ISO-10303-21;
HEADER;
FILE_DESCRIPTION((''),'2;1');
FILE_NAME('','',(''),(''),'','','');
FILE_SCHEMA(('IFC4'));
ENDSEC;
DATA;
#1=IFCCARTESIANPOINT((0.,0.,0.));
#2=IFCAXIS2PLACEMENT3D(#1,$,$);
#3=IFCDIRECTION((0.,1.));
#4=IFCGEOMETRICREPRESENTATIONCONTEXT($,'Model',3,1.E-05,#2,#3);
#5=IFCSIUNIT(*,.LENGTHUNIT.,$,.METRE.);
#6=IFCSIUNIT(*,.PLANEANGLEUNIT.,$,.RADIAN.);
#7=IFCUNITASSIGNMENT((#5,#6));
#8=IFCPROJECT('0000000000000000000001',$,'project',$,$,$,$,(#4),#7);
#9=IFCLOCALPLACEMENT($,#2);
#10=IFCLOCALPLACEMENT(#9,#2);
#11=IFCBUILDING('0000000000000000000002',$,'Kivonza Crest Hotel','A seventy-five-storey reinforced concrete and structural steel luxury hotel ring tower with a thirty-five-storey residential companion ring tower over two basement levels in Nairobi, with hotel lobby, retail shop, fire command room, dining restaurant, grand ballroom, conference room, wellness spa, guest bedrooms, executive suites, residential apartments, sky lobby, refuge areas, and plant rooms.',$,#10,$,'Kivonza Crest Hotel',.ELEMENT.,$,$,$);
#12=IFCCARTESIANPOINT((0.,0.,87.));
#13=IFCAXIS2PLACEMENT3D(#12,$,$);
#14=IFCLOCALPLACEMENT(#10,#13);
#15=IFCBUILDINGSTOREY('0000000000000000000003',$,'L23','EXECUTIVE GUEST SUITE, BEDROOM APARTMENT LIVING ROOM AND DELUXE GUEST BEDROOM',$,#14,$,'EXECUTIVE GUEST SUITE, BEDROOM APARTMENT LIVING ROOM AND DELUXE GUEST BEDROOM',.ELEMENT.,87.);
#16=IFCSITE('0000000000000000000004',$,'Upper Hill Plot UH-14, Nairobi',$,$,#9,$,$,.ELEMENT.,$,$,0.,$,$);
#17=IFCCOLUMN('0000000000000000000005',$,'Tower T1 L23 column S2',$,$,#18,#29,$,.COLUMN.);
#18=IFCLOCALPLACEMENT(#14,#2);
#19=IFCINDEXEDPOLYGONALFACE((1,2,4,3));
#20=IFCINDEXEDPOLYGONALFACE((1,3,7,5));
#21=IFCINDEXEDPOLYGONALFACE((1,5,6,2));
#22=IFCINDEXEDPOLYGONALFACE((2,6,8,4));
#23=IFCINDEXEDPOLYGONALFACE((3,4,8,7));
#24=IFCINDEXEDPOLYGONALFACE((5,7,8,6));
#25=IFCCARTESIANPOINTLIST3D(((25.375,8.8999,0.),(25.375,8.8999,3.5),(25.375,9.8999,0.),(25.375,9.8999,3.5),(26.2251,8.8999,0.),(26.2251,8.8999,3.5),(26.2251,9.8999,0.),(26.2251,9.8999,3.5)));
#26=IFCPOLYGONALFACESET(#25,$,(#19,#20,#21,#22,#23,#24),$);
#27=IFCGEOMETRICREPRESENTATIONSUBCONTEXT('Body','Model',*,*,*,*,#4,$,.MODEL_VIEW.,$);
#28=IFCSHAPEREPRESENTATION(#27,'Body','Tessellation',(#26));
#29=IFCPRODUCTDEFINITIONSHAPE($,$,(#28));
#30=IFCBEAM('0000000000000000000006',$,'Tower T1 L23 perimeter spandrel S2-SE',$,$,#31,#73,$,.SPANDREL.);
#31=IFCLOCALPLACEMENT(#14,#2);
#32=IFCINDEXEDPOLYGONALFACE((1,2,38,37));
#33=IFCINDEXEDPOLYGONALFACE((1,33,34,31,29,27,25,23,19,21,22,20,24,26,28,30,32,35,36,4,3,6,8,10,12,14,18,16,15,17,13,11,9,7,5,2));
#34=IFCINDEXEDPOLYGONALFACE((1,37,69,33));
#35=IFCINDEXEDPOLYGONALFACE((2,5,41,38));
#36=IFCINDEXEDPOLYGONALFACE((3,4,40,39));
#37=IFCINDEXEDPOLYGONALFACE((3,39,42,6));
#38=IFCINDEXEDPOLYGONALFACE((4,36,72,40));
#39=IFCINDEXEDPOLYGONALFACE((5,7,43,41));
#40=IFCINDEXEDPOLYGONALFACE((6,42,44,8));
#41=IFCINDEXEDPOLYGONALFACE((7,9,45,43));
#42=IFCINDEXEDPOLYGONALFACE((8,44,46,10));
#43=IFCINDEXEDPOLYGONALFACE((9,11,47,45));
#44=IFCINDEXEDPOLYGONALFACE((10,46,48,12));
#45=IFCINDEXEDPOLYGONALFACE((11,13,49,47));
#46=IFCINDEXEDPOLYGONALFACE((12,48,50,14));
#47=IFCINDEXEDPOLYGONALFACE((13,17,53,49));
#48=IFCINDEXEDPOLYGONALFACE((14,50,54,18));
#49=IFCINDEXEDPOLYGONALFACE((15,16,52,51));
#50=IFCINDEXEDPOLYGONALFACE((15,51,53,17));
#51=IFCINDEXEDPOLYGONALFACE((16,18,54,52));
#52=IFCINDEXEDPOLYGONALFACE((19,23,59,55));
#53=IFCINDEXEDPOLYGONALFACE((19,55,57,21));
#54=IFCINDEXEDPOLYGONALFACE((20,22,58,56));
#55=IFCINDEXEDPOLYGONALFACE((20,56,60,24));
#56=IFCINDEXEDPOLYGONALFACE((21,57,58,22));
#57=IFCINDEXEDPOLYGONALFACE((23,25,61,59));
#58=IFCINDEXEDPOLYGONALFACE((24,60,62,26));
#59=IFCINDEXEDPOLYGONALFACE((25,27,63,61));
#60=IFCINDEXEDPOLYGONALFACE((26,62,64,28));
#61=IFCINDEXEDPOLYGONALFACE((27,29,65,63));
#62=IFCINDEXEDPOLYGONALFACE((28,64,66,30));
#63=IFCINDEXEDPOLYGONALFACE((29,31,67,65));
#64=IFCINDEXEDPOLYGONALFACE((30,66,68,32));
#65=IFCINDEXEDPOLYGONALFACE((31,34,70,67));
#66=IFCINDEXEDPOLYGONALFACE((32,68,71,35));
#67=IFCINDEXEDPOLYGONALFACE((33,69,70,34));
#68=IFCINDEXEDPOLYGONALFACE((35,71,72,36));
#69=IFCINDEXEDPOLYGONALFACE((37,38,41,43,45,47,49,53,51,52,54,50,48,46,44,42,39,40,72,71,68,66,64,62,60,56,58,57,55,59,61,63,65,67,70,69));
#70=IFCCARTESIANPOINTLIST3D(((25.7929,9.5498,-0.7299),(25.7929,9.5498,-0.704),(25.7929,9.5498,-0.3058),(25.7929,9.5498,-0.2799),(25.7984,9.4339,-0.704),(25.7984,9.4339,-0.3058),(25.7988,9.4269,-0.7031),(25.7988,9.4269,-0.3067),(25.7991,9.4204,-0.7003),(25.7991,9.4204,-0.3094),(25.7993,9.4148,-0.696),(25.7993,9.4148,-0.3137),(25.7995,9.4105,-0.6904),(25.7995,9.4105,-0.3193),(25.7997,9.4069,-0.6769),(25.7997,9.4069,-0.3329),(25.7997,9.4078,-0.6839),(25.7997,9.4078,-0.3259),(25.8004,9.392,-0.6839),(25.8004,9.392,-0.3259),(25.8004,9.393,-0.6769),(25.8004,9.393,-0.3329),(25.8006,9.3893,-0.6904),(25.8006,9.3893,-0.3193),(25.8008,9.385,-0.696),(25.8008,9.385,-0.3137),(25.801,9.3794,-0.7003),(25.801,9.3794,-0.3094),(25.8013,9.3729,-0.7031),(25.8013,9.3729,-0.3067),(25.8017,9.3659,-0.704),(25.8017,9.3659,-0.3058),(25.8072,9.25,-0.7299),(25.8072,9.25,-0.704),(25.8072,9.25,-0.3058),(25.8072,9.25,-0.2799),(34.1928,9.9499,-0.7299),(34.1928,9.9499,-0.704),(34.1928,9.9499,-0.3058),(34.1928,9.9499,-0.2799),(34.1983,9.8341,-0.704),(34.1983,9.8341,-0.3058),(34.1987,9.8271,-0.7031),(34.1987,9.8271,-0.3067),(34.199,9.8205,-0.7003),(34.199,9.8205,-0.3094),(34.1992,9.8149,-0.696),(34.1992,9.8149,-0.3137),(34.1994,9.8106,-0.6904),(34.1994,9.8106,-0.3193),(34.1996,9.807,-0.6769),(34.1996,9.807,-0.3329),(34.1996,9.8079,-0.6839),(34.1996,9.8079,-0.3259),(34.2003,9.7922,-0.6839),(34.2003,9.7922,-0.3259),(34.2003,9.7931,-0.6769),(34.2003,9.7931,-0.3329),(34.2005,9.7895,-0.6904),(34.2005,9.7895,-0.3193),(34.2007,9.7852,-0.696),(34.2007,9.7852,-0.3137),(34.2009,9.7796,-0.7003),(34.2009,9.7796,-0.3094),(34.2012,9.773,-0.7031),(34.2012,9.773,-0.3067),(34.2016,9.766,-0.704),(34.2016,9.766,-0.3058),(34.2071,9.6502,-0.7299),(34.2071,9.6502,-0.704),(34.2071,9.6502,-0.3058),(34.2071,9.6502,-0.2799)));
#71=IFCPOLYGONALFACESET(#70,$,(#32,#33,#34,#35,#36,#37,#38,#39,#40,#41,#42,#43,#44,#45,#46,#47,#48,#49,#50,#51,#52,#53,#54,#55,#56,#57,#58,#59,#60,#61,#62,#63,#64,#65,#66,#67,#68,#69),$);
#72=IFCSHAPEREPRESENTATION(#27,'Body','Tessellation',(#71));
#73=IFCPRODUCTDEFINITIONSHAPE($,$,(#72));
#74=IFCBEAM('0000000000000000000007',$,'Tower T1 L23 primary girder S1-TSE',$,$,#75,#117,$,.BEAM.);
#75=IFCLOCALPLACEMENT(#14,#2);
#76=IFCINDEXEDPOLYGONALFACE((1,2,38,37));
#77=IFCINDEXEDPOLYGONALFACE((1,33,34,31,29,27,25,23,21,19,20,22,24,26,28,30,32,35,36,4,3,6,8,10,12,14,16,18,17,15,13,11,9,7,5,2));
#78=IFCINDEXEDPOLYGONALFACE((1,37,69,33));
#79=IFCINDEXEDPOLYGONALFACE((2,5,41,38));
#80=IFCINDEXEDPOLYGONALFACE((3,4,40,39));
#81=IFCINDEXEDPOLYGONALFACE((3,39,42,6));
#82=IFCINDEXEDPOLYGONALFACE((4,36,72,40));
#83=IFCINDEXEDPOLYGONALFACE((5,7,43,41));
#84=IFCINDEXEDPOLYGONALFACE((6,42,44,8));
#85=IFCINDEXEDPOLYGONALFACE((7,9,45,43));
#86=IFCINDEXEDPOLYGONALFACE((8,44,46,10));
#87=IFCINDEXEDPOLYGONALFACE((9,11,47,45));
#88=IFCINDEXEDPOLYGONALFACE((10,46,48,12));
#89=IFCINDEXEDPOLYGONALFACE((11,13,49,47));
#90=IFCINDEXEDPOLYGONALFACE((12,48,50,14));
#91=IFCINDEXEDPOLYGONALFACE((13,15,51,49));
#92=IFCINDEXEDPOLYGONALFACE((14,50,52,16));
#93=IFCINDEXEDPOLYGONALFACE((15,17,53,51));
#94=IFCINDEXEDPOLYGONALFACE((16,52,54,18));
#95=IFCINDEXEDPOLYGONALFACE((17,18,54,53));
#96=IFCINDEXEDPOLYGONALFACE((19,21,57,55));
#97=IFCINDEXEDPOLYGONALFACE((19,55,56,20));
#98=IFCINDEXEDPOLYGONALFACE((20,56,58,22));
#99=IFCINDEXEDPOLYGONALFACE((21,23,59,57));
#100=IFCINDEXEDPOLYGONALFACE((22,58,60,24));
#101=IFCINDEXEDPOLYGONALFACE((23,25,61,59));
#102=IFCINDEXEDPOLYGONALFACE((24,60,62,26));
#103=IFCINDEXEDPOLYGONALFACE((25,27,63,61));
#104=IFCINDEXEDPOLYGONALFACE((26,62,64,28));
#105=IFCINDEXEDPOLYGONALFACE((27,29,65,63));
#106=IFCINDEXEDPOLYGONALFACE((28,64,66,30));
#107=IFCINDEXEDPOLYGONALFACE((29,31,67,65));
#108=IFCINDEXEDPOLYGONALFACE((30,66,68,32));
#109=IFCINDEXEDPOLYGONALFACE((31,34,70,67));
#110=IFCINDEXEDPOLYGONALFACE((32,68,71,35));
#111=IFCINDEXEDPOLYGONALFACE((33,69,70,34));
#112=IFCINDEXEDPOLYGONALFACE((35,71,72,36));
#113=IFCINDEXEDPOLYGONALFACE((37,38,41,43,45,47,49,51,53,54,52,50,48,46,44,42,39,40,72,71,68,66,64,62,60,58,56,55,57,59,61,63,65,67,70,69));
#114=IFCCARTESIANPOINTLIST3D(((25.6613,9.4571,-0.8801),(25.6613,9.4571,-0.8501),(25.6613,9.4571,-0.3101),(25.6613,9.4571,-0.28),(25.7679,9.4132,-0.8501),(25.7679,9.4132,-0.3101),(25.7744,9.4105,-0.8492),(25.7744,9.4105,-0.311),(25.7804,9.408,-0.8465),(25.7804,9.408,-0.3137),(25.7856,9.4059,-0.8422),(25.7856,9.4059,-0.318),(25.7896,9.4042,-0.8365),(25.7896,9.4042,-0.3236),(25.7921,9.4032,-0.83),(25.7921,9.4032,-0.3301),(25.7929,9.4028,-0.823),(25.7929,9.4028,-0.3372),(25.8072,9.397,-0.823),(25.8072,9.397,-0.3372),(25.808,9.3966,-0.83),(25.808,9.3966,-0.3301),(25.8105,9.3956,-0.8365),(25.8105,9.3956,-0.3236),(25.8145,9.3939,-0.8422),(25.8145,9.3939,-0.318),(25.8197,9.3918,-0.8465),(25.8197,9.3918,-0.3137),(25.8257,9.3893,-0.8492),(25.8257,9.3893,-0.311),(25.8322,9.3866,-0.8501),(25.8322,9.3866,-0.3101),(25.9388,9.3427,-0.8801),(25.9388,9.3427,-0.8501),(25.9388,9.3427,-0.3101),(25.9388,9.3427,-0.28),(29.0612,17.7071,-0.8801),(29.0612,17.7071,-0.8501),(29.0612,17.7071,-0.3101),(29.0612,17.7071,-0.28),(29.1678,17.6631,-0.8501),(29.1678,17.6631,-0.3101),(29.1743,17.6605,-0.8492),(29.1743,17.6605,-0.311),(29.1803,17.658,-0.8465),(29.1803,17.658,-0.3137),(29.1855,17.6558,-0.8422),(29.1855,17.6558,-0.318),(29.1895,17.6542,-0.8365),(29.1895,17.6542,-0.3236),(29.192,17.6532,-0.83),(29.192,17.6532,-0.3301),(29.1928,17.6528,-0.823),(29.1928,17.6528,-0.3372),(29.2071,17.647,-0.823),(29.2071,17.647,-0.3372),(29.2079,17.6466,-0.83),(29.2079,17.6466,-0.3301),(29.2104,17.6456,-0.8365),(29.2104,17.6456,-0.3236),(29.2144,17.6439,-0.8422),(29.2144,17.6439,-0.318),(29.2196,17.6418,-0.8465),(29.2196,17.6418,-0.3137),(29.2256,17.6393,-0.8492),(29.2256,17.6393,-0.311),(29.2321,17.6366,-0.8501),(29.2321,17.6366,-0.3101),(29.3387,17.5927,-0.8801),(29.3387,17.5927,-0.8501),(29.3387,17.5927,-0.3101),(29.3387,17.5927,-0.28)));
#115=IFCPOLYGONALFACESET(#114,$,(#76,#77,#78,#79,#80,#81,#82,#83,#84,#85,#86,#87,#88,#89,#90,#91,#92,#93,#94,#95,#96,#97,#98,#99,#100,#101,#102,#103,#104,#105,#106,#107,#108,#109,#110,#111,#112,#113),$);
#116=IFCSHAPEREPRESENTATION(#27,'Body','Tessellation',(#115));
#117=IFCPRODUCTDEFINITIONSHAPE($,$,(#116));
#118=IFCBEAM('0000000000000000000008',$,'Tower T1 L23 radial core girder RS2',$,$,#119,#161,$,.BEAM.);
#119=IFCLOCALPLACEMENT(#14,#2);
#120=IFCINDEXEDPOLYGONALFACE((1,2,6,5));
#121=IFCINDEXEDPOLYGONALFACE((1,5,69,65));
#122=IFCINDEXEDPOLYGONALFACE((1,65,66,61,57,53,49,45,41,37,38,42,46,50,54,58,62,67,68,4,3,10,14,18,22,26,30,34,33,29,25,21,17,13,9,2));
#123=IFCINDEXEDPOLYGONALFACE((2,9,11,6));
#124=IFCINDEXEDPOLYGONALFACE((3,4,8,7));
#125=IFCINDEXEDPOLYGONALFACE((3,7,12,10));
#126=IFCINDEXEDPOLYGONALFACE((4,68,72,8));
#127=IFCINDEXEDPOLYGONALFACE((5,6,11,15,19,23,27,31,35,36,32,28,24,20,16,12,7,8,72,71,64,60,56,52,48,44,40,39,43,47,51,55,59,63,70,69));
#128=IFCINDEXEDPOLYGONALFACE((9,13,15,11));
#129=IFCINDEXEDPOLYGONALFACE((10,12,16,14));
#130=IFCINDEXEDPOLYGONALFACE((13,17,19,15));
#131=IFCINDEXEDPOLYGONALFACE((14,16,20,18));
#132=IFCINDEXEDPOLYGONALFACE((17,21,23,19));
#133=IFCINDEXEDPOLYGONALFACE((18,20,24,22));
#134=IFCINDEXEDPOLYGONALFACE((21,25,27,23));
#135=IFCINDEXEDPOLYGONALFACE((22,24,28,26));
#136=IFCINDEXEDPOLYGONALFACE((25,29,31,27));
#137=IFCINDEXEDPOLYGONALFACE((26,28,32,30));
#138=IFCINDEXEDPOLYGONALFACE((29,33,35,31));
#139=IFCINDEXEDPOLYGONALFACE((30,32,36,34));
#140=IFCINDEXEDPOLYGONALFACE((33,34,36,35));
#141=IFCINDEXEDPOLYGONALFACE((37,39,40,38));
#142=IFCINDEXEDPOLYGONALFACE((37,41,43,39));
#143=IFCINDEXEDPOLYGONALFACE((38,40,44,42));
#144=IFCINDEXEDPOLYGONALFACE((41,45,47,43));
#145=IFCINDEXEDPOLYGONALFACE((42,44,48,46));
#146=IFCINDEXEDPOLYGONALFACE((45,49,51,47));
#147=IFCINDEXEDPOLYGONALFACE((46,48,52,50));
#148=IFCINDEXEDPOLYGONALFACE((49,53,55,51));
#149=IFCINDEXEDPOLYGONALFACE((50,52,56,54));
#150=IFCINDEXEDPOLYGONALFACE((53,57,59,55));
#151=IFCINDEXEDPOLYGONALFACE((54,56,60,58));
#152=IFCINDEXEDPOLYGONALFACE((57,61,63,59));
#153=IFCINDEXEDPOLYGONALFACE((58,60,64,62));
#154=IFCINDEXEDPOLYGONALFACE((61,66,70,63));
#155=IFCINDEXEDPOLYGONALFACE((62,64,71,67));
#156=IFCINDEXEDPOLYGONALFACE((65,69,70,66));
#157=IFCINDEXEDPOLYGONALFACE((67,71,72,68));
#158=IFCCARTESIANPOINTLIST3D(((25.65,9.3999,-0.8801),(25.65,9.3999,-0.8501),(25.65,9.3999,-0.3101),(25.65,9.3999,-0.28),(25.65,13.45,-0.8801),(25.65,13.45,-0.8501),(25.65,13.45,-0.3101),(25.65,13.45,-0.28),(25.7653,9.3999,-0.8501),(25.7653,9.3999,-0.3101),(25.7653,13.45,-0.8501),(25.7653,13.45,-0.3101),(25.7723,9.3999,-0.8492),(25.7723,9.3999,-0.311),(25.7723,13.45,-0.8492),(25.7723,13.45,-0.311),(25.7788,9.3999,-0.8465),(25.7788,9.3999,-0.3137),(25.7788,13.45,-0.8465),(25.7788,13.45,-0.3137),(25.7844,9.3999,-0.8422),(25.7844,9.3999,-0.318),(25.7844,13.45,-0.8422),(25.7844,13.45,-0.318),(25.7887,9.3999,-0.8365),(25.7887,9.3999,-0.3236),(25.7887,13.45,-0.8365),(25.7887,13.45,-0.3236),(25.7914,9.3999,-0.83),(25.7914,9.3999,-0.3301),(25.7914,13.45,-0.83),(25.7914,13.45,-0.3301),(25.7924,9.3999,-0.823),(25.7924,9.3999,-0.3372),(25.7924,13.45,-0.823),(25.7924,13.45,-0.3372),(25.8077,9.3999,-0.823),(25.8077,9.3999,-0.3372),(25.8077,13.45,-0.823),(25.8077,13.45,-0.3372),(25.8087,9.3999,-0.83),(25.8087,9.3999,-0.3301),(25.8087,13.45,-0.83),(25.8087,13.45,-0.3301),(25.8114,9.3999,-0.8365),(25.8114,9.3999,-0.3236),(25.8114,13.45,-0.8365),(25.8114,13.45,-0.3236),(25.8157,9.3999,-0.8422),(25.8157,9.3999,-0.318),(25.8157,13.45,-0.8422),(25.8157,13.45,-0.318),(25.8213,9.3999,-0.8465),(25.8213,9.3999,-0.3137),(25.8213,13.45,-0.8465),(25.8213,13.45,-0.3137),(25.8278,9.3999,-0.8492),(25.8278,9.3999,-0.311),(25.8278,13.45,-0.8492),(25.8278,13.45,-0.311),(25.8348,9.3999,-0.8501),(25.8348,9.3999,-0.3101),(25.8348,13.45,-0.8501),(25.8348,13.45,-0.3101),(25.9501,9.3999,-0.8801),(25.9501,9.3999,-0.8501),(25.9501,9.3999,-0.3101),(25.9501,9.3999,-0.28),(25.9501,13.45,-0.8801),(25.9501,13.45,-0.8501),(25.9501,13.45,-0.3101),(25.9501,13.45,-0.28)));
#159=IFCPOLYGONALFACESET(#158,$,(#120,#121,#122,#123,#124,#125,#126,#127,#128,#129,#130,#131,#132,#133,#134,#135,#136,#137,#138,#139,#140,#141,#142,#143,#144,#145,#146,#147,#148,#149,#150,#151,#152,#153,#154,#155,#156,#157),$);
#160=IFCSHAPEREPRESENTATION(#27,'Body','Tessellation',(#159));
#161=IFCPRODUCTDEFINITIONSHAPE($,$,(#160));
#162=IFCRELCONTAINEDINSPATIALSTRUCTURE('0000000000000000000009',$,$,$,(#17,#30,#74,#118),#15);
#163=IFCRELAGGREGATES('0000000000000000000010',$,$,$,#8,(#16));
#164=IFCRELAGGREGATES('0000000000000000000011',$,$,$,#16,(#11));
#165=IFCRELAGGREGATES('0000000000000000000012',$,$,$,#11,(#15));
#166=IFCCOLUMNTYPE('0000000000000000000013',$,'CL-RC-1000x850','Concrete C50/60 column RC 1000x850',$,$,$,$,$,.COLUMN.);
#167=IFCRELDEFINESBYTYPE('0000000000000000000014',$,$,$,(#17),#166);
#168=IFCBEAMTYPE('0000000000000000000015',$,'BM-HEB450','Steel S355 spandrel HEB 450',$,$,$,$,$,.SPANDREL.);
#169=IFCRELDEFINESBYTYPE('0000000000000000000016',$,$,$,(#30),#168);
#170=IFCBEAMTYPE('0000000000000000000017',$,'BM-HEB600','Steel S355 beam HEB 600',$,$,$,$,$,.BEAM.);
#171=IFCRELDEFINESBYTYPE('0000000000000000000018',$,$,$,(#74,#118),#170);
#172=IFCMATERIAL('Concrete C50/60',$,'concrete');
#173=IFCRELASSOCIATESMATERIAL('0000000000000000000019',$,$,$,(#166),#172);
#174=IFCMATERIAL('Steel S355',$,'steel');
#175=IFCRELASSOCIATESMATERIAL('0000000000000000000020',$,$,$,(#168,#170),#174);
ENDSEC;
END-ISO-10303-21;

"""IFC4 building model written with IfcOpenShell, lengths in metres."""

from ifc_helpers import new_model, si_unit, direction, frame, origin, origin_2d, place, context, subcontext, project, spatial, rectangle, i_section, extrude, material, material_profile, profile_set, type_object, element, save


model = new_model("IFC4")

# Units and contexts
model_context = context("Model", 3, precision=1e-05, world=origin(), true_north=direction((0.0, 1.0)))
body_context = subcontext(model_context, "Body", "Model", "MODEL_VIEW")
ifc_project = project(units=[si_unit("LENGTHUNIT", "METRE"), si_unit("PLANEANGLEUNIT", "RADIAN")], contexts=[model_context])

# Site, building, storey
site_placement = place(None, origin())
site = spatial("IfcSite", under=ifc_project, at=site_placement, Name="Upper Hill Plot UH-14, Nairobi", CompositionType="ELEMENT", RefElevation=0.0)
building_placement = place(site_placement, origin())
building = spatial("IfcBuilding", under=site, at=building_placement, Name="Kivonza Crest Hotel", Description="A seventy-five-storey reinforced concrete and structural steel luxury hotel ring tower with a thirty-five-storey residential companion ring tower over two basement levels in Nairobi, with hotel lobby, retail shop, fire command room, dining restaurant, grand ballroom, conference room, wellness spa, guest bedrooms, executive suites, residential apartments, sky lobby, refuge areas, and plant rooms.", LongName="Kivonza Crest Hotel", CompositionType="ELEMENT")
storey_placement = place(building_placement, frame((0.0, 0.0, 87.0)))
storey = spatial("IfcBuildingStorey", under=building, at=storey_placement, Name="L23", Description="EXECUTIVE GUEST SUITE, BEDROOM APARTMENT LIVING ROOM AND DELUXE GUEST BEDROOM", LongName="EXECUTIVE GUEST SUITE, BEDROOM APARTMENT LIVING ROOM AND DELUXE GUEST BEDROOM", CompositionType="ELEMENT", Elevation=87.0)

# Column
ifc_material_1 = material(Name="Concrete C50/60", Category="concrete")
ifc_material_profile_1 = material_profile(ifc_material_1, rectangle(XDim=0.8501, YDim=1.0, at=origin_2d()), Name="RC 1000x850")
ifc_profile_set_1 = profile_set([ifc_material_profile_1], Name="Concrete C50/60")
column_type = type_object("IfcColumnType", Name="CL-RC-1000x850", Description="Concrete C50/60 column RC 1000x850", PredefinedType="COLUMN", material=ifc_profile_set_1)
column_placement = place(storey_placement, frame((25.8, 9.3999, 0.0), z_axis=(0.0, 0.0, 1.0), x_axis=(1.0, 0.0, 0.0)))
element("IfcColumn", 1, at=column_placement, inside=storey, type_object=column_type, Name="Tower T1 L23 column S2", PredefinedType="COLUMN", context=body_context, shape_type="SweptSolid", body=[
    extrude(rectangle(XDim=0.8501, YDim=1.0, at=origin_2d()), origin(), (0.0, 0.0, 1.0), 3.5),
])

# Beams
ifc_material_2 = material(Name="Steel S355", Category="steel")
ifc_material_profile_2 = material_profile(ifc_material_2, i_section(OverallWidth=0.3, OverallDepth=0.45, WebThickness=0.0139, FlangeThickness=0.0259, FilletRadius=0.0271, at=origin_2d()), Name="HEB 450")
ifc_profile_set_2 = profile_set([ifc_material_profile_2], Name="Steel S355")
beam_type_1 = type_object("IfcBeamType", Name="BM-HEB450", Description="Steel S355 spandrel HEB 450", PredefinedType="SPANDREL", material=ifc_profile_set_2)
beam_1_placement = place(storey_placement, frame((25.8, 9.3999, -0.5049), z_axis=(0.998867, 0.047583, 0.0), x_axis=(-0.047583, 0.998867, 0.0)))
element("IfcBeam", 2, at=beam_1_placement, inside=storey, type_object=beam_type_1, Name="Tower T1 L23 perimeter spandrel S2-SE", PredefinedType="SPANDREL", context=body_context, shape_type="SweptSolid", body=[
    extrude(i_section(OverallWidth=0.3, OverallDepth=0.45, WebThickness=0.0139, FlangeThickness=0.0259, FilletRadius=0.0271, at=origin_2d()), origin(), (0.0, 0.0, 1.0), 8.4094),
])
ifc_material_profile_3 = material_profile(ifc_material_2, i_section(OverallWidth=0.3, OverallDepth=0.6001, WebThickness=0.0154, FlangeThickness=0.03, FilletRadius=0.0271, at=origin_2d()), Name="HEB 600")
ifc_profile_set_3 = profile_set([ifc_material_profile_3], Name="Steel S355")
beam_type_2 = type_object("IfcBeamType", Name="BM-HEB600", Description="Steel S355 beam HEB 600", PredefinedType="BEAM", material=ifc_profile_set_3)
beam_2_placement = place(storey_placement, frame((25.8, 9.3999, -0.5801), z_axis=(0.381022, 0.924566, 0.0), x_axis=(-0.924566, 0.381022, 0.0)))
element("IfcBeam", 3, at=beam_2_placement, inside=storey, type_object=beam_type_2, Name="Tower T1 L23 primary girder S1-TSE", PredefinedType="BEAM", context=body_context, shape_type="SweptSolid", body=[
    extrude(i_section(OverallWidth=0.3, OverallDepth=0.6001, WebThickness=0.0154, FlangeThickness=0.03, FilletRadius=0.0271, at=origin_2d()), origin(), (0.0, 0.0, 1.0), 8.9231),
])
beam_3_placement = place(storey_placement, frame((25.8, 9.3999, -0.5801), z_axis=(0.0, 1.0, 0.0), x_axis=(-1.0, 0.0, 0.0)))
element("IfcBeam", 4, at=beam_3_placement, inside=storey, type_object=beam_type_2, Name="Tower T1 L23 radial core girder RS2", PredefinedType="BEAM", context=body_context, shape_type="SweptSolid", body=[
    extrude(i_section(OverallWidth=0.3, OverallDepth=0.6001, WebThickness=0.0154, FlangeThickness=0.03, FilletRadius=0.0271, at=origin_2d()), origin(), (0.0, 0.0, 1.0), 4.05),
])

save(model, "model.ifc")
